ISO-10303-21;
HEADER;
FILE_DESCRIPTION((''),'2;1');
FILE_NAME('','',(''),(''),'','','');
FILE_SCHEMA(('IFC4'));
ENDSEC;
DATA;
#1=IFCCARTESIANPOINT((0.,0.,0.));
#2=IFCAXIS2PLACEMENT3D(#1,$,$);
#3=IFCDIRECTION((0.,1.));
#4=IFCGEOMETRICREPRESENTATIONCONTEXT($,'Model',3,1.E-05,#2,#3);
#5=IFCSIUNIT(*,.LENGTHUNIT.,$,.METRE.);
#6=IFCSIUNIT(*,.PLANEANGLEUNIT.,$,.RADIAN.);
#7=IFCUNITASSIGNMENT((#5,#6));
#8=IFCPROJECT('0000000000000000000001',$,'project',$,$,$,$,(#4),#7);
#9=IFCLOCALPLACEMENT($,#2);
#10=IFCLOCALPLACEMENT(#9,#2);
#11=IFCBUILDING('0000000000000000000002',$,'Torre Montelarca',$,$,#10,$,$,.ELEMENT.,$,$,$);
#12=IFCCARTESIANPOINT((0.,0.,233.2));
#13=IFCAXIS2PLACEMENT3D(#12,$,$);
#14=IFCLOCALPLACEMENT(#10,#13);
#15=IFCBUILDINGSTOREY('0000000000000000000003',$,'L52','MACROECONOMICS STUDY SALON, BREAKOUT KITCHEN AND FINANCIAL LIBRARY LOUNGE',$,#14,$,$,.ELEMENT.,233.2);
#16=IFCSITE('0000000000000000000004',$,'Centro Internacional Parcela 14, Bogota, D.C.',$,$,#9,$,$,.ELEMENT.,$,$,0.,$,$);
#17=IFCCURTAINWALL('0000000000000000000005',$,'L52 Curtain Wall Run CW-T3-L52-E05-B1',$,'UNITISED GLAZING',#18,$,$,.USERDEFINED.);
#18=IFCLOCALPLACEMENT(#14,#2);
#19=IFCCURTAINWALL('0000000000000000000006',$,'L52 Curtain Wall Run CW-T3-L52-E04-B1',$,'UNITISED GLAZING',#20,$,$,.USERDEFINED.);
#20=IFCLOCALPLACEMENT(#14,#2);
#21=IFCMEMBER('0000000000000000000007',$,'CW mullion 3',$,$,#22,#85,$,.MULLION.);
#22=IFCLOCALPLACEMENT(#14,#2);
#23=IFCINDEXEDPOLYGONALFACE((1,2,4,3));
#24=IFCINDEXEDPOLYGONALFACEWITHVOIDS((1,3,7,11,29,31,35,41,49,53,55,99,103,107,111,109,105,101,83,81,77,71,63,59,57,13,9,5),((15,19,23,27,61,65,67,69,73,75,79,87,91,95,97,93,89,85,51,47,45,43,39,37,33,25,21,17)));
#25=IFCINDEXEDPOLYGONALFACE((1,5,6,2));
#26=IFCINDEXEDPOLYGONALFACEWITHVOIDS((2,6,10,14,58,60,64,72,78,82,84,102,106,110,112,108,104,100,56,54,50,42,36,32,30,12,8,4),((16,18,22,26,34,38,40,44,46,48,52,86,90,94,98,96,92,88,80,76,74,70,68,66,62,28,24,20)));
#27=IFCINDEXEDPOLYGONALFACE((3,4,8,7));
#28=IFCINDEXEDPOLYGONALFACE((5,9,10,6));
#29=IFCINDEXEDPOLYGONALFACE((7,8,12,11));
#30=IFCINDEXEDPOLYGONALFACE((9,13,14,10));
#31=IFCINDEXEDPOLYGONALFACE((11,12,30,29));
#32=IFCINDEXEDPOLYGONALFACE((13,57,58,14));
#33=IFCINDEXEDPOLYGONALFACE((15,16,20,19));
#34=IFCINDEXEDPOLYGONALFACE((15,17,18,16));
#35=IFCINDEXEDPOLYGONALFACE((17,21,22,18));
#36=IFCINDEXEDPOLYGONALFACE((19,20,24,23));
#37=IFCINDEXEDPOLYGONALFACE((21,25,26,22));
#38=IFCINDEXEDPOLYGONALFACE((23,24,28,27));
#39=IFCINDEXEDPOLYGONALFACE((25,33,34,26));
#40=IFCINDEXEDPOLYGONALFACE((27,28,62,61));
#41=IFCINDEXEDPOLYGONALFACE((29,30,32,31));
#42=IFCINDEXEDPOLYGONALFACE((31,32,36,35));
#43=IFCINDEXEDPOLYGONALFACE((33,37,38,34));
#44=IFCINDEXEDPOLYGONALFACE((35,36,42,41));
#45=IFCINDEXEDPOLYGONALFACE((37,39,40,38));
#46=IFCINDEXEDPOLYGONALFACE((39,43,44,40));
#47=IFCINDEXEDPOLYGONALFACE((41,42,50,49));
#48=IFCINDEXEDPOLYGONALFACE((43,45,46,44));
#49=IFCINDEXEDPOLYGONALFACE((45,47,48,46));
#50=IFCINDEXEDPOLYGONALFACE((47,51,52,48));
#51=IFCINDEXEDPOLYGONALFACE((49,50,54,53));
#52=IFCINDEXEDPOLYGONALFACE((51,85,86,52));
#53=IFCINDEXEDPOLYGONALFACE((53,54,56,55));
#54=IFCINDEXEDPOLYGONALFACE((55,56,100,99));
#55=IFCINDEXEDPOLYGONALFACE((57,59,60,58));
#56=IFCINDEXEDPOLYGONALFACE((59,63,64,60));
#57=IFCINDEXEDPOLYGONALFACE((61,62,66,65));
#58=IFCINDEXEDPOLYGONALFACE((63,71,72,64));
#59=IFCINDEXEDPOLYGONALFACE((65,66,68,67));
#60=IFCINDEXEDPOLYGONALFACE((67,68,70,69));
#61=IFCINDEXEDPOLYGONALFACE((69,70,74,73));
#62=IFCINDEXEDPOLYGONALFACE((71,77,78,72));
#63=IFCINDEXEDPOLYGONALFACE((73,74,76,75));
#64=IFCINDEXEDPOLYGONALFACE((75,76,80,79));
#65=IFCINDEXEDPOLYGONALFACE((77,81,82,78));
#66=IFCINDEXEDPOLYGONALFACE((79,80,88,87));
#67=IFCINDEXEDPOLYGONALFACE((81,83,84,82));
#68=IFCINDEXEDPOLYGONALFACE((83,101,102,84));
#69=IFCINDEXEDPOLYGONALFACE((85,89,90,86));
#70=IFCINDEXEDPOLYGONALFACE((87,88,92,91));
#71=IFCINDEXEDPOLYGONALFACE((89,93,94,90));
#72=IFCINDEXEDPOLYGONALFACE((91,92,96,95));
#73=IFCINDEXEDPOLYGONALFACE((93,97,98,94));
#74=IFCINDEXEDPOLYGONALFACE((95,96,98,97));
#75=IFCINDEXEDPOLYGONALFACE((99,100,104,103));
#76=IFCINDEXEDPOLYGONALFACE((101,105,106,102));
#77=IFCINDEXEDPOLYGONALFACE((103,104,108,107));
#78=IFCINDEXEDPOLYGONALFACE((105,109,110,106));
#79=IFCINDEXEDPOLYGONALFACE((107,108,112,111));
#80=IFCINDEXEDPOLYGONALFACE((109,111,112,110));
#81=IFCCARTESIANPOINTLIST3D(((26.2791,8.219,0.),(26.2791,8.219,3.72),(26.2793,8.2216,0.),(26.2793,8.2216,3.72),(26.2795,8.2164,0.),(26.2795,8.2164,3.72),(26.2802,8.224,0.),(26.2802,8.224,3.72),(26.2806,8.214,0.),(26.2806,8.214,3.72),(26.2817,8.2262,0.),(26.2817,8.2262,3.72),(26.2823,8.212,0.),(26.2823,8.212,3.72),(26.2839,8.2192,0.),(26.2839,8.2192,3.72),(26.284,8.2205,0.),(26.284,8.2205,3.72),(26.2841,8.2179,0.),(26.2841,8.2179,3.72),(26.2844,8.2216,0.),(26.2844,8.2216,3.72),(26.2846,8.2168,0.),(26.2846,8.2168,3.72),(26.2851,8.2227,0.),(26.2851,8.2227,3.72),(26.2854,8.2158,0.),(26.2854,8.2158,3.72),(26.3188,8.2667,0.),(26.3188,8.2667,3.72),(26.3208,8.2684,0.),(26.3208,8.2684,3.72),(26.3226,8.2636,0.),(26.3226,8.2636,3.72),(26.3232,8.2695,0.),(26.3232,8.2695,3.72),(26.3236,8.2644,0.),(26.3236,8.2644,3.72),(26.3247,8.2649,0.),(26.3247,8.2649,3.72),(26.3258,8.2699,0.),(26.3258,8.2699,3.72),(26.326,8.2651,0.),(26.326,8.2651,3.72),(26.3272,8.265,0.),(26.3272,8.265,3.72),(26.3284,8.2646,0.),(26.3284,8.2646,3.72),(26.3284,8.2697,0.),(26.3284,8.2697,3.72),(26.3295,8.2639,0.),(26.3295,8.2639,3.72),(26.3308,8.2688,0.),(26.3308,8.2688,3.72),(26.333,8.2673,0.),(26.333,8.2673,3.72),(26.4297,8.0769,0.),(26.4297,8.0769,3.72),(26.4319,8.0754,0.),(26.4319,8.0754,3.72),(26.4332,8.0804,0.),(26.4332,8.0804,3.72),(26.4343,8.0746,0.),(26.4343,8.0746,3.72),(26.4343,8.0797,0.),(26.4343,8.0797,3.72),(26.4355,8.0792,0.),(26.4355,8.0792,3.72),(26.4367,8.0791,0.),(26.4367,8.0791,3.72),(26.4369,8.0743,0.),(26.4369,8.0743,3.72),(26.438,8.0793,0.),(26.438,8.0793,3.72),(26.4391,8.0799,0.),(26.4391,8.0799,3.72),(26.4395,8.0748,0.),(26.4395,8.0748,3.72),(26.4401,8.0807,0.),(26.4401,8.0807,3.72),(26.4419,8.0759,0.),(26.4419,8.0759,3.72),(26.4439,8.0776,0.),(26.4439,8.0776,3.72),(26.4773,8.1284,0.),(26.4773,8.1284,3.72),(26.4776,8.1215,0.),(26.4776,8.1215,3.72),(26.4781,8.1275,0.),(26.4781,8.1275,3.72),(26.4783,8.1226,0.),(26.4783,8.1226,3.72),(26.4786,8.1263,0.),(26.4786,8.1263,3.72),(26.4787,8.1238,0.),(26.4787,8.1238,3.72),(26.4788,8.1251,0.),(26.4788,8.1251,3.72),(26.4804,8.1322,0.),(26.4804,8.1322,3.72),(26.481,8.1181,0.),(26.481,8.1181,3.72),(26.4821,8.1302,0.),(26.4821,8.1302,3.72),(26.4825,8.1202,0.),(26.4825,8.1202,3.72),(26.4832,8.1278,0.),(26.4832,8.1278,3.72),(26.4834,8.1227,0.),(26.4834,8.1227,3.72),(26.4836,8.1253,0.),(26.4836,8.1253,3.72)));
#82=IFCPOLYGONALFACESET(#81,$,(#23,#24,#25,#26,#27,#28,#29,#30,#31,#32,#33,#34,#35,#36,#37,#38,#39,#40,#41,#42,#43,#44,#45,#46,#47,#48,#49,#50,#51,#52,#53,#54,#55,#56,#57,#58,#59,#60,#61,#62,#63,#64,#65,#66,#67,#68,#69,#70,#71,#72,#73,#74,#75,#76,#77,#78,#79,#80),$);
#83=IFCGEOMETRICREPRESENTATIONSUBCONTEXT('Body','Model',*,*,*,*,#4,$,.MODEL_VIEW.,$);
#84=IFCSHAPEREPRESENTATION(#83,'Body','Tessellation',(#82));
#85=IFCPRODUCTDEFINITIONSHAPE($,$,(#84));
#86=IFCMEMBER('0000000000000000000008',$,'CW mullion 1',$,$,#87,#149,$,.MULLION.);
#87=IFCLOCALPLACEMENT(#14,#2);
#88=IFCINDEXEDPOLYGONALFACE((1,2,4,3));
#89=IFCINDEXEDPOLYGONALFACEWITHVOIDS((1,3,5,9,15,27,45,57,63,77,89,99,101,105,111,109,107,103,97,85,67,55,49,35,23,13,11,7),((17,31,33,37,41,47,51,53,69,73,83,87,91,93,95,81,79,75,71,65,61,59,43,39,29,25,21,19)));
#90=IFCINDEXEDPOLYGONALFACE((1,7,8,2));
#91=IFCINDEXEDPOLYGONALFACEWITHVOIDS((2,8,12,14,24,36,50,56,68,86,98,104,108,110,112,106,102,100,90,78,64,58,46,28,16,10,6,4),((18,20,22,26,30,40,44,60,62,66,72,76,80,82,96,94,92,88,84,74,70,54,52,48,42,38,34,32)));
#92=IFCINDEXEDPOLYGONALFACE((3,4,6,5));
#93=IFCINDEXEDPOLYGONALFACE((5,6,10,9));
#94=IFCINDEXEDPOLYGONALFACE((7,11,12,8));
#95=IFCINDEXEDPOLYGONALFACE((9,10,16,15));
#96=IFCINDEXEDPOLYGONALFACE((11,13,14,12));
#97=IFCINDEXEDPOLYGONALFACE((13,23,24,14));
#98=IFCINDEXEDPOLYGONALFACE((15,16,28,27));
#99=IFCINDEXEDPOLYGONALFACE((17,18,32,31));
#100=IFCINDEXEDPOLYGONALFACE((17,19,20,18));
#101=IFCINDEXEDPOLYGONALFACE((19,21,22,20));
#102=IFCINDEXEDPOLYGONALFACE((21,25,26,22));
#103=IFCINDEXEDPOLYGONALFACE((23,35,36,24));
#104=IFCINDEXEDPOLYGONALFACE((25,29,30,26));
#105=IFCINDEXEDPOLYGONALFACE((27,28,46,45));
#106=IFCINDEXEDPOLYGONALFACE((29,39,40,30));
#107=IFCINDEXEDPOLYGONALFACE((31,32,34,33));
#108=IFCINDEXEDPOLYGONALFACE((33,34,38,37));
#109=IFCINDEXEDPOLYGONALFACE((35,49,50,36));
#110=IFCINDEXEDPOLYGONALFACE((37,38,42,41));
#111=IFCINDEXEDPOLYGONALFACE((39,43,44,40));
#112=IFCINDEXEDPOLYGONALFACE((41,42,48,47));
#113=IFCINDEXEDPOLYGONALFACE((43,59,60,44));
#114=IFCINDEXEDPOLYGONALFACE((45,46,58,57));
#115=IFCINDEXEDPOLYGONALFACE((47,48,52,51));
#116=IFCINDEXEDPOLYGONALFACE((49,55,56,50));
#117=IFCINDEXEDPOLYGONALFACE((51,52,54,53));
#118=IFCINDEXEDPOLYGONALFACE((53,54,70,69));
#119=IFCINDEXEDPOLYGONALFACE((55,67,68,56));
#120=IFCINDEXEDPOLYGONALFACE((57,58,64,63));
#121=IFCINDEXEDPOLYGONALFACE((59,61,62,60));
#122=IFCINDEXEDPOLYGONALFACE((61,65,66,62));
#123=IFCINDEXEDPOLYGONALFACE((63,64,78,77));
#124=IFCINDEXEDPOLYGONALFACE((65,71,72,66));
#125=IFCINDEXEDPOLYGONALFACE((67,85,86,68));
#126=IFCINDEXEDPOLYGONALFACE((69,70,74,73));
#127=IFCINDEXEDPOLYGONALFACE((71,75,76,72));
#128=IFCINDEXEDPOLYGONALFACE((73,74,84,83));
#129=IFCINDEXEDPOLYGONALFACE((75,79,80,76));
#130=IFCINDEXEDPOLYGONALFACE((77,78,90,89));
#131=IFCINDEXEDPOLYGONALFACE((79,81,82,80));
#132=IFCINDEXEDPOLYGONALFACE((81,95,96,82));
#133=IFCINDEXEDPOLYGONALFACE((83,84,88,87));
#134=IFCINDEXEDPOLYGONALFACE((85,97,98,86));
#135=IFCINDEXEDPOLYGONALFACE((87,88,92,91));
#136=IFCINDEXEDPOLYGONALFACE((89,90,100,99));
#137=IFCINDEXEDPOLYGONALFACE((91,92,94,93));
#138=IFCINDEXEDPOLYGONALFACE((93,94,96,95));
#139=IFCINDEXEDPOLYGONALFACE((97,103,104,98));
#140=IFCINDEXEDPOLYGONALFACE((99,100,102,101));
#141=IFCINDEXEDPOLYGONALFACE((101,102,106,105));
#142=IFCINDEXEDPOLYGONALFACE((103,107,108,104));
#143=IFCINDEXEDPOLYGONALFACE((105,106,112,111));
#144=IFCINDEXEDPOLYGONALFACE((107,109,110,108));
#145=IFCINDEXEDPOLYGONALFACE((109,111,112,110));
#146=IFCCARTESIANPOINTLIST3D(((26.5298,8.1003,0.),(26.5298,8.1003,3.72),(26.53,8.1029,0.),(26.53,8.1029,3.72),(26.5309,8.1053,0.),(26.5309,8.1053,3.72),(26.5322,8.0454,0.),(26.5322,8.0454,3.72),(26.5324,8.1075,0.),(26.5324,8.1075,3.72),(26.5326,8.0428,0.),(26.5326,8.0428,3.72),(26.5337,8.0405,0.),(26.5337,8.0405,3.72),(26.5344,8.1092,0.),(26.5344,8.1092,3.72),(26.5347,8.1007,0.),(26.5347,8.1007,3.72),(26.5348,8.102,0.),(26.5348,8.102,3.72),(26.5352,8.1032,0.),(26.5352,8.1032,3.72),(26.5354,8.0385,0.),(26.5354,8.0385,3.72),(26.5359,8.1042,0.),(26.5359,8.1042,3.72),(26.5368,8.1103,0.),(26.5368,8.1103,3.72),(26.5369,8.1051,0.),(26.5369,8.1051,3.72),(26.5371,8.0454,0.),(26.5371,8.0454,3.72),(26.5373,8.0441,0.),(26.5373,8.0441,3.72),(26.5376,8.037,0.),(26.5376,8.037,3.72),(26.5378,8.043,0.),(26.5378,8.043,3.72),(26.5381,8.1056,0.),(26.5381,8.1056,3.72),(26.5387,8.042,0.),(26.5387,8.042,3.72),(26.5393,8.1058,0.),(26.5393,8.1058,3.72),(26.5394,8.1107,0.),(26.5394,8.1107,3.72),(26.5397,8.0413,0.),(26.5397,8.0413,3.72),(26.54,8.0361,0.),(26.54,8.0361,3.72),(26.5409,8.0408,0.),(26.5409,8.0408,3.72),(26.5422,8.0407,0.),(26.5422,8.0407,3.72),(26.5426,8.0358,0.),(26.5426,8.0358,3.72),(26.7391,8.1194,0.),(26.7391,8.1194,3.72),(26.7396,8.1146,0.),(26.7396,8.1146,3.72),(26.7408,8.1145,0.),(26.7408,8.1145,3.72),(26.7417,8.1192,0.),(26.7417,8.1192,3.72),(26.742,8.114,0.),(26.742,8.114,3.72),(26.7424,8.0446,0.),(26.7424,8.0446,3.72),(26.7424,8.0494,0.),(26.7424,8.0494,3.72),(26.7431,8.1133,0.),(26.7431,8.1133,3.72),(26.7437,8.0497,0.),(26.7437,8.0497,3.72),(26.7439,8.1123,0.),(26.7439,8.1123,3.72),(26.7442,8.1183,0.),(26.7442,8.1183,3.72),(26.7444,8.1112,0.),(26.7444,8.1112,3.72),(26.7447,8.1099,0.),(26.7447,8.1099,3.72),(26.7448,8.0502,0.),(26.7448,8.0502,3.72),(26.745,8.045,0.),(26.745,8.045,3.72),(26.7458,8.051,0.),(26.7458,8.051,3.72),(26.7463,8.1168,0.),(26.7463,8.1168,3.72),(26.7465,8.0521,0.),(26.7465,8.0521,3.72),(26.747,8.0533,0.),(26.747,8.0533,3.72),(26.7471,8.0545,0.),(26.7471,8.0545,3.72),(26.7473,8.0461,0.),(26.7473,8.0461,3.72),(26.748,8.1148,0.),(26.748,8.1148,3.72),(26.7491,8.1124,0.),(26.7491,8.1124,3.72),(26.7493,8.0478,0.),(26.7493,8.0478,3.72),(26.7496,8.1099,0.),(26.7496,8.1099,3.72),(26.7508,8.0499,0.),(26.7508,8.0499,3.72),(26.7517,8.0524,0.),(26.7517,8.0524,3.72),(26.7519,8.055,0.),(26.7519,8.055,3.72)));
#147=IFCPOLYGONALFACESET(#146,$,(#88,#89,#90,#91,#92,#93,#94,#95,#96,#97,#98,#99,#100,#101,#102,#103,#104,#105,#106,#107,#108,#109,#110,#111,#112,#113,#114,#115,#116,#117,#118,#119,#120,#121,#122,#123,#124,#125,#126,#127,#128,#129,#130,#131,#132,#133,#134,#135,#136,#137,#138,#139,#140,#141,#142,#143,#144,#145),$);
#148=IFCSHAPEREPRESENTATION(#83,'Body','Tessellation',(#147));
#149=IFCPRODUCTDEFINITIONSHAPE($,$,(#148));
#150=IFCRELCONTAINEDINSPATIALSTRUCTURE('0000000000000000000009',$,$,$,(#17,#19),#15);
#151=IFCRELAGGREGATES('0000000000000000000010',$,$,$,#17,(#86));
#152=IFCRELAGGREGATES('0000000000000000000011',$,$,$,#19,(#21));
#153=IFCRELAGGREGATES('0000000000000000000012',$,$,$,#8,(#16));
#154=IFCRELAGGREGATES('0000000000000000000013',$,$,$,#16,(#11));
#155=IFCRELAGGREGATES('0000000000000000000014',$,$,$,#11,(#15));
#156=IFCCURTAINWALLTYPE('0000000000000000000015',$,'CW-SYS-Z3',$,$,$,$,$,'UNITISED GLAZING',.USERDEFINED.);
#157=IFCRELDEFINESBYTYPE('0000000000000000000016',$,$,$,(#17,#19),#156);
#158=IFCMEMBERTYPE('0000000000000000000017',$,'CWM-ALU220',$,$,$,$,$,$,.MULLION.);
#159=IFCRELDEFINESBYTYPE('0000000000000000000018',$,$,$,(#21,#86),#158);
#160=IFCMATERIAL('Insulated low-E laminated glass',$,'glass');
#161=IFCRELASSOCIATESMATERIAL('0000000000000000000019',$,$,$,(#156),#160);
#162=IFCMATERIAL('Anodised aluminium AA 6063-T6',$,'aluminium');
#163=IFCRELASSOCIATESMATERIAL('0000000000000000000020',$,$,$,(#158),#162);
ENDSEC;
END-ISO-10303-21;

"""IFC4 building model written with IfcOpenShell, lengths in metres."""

from ifc_helpers import new_model, si_unit, direction, frame, origin, origin_2d, place, context, subcontext, project, spatial, hollow_rectangle, extrude, source, transform, mapped, material, material_profile, profile_set, type_object, element, aggregate, save


model = new_model("IFC4")

# Units and contexts
model_context = context("Model", 3, precision=1e-05, world=origin(), true_north=direction((0.0, 1.0)))
body_context = subcontext(model_context, "Body", "Model", "MODEL_VIEW")
ifc_project = project(units=[si_unit("LENGTHUNIT", "METRE"), si_unit("PLANEANGLEUNIT", "RADIAN")], contexts=[model_context])

# Site, building, storey
site_placement = place(None, origin())
site = spatial("IfcSite", under=ifc_project, at=site_placement, Name="Centro Internacional Parcela 14, Bogota, D.C.", CompositionType="ELEMENT", RefElevation=0.0)
building_placement = place(site_placement, origin())
building = spatial("IfcBuilding", under=site, at=building_placement, Name="Torre Montelarca", CompositionType="ELEMENT")
storey_placement = place(building_placement, frame((0.0, 0.0, 233.2)))
storey = spatial("IfcBuildingStorey", under=building, at=storey_placement, Name="L52", Description="MACROECONOMICS STUDY SALON, BREAKOUT KITCHEN AND FINANCIAL LIBRARY LOUNGE", CompositionType="ELEMENT", Elevation=233.2)

# Curtain wall
ifc_material_1 = material(Name="Insulated low-E laminated glass", Category="glass")
curtain_wall_type = type_object("IfcCurtainWallType", Name="CW-SYS-Z3", ElementType="UNITISED GLAZING", PredefinedType="USERDEFINED", material=ifc_material_1)
curtain_wall_1_placement = place(storey_placement, origin())
curtain_wall_1 = element("IfcCurtainWall", 1, at=curtain_wall_1_placement, inside=storey, type_object=curtain_wall_type, Name="L52 Curtain Wall Run CW-T3-L52-E05-B1", ObjectType="UNITISED GLAZING", PredefinedType="USERDEFINED")
ifc_material_2 = material(Name="Anodised aluminium AA 6063-T6", Category="aluminium")

# Shared definitions
ifc_material_profile_1 = material_profile(ifc_material_2, hollow_rectangle(XDim=0.075, YDim=0.22, WallThickness=0.0049, InnerFilletRadius=0.0049, OuterFilletRadius=0.01, at=origin_2d()), Name="ALU75X220X5", Category="aluminium")
ifc_profile_set_1 = profile_set([ifc_material_profile_1], Name="Anodised aluminium AA 6063-T6")
member_type_1 = type_object("IfcMemberType", Name="CWM-ALU220", PredefinedType="MULLION", material=ifc_profile_set_1)
shared_shape_1 = source(origin(), body_context, "Body", "SweptSolid", [
    extrude(hollow_rectangle(XDim=0.075, YDim=0.22, WallThickness=0.0049, InnerFilletRadius=0.0049, OuterFilletRadius=0.01, at=origin_2d()), origin(), (0.0, 0.0, 1.0), 3.72),
])

# Curtain wall, member
curtain_wall_2_placement = place(storey_placement, origin())
curtain_wall_2 = element("IfcCurtainWall", 2, at=curtain_wall_2_placement, inside=storey, type_object=curtain_wall_type, Name="L52 Curtain Wall Run CW-T3-L52-E04-B1", ObjectType="UNITISED GLAZING", PredefinedType="USERDEFINED")
member_1_placement = place(storey_placement, frame((26.3813, 8.1721, 0.0), z_axis=(0.0, 0.0, 1.0), x_axis=(0.675572, 0.737294, 0.0)))
member_1 = element("IfcMember", 3, at=member_1_placement, type_object=member_type_1, Name="CW mullion 3", PredefinedType="MULLION", context=body_context, shape_type="MappedRepresentation", body=[
    mapped(shared_shape_1, transform((0.0, 0.0, 0.0), scale=1.0)),
])

# Member
member_2_placement = place(storey_placement, frame((26.6409, 8.0776, 0.0), z_axis=(0.0, 0.0, 1.0), x_axis=(-0.043616, 0.999048, 0.0)))
member_2 = element("IfcMember", 4, at=member_2_placement, type_object=member_type_1, Name="CW mullion 1", PredefinedType="MULLION", context=body_context, shape_type="MappedRepresentation", body=[
    mapped(shared_shape_1, transform((0.0, 0.0, 0.0), scale=1.0)),
])

aggregate(curtain_wall_1, [member_2])
aggregate(curtain_wall_2, [member_1])

save(model, "model.ifc")
